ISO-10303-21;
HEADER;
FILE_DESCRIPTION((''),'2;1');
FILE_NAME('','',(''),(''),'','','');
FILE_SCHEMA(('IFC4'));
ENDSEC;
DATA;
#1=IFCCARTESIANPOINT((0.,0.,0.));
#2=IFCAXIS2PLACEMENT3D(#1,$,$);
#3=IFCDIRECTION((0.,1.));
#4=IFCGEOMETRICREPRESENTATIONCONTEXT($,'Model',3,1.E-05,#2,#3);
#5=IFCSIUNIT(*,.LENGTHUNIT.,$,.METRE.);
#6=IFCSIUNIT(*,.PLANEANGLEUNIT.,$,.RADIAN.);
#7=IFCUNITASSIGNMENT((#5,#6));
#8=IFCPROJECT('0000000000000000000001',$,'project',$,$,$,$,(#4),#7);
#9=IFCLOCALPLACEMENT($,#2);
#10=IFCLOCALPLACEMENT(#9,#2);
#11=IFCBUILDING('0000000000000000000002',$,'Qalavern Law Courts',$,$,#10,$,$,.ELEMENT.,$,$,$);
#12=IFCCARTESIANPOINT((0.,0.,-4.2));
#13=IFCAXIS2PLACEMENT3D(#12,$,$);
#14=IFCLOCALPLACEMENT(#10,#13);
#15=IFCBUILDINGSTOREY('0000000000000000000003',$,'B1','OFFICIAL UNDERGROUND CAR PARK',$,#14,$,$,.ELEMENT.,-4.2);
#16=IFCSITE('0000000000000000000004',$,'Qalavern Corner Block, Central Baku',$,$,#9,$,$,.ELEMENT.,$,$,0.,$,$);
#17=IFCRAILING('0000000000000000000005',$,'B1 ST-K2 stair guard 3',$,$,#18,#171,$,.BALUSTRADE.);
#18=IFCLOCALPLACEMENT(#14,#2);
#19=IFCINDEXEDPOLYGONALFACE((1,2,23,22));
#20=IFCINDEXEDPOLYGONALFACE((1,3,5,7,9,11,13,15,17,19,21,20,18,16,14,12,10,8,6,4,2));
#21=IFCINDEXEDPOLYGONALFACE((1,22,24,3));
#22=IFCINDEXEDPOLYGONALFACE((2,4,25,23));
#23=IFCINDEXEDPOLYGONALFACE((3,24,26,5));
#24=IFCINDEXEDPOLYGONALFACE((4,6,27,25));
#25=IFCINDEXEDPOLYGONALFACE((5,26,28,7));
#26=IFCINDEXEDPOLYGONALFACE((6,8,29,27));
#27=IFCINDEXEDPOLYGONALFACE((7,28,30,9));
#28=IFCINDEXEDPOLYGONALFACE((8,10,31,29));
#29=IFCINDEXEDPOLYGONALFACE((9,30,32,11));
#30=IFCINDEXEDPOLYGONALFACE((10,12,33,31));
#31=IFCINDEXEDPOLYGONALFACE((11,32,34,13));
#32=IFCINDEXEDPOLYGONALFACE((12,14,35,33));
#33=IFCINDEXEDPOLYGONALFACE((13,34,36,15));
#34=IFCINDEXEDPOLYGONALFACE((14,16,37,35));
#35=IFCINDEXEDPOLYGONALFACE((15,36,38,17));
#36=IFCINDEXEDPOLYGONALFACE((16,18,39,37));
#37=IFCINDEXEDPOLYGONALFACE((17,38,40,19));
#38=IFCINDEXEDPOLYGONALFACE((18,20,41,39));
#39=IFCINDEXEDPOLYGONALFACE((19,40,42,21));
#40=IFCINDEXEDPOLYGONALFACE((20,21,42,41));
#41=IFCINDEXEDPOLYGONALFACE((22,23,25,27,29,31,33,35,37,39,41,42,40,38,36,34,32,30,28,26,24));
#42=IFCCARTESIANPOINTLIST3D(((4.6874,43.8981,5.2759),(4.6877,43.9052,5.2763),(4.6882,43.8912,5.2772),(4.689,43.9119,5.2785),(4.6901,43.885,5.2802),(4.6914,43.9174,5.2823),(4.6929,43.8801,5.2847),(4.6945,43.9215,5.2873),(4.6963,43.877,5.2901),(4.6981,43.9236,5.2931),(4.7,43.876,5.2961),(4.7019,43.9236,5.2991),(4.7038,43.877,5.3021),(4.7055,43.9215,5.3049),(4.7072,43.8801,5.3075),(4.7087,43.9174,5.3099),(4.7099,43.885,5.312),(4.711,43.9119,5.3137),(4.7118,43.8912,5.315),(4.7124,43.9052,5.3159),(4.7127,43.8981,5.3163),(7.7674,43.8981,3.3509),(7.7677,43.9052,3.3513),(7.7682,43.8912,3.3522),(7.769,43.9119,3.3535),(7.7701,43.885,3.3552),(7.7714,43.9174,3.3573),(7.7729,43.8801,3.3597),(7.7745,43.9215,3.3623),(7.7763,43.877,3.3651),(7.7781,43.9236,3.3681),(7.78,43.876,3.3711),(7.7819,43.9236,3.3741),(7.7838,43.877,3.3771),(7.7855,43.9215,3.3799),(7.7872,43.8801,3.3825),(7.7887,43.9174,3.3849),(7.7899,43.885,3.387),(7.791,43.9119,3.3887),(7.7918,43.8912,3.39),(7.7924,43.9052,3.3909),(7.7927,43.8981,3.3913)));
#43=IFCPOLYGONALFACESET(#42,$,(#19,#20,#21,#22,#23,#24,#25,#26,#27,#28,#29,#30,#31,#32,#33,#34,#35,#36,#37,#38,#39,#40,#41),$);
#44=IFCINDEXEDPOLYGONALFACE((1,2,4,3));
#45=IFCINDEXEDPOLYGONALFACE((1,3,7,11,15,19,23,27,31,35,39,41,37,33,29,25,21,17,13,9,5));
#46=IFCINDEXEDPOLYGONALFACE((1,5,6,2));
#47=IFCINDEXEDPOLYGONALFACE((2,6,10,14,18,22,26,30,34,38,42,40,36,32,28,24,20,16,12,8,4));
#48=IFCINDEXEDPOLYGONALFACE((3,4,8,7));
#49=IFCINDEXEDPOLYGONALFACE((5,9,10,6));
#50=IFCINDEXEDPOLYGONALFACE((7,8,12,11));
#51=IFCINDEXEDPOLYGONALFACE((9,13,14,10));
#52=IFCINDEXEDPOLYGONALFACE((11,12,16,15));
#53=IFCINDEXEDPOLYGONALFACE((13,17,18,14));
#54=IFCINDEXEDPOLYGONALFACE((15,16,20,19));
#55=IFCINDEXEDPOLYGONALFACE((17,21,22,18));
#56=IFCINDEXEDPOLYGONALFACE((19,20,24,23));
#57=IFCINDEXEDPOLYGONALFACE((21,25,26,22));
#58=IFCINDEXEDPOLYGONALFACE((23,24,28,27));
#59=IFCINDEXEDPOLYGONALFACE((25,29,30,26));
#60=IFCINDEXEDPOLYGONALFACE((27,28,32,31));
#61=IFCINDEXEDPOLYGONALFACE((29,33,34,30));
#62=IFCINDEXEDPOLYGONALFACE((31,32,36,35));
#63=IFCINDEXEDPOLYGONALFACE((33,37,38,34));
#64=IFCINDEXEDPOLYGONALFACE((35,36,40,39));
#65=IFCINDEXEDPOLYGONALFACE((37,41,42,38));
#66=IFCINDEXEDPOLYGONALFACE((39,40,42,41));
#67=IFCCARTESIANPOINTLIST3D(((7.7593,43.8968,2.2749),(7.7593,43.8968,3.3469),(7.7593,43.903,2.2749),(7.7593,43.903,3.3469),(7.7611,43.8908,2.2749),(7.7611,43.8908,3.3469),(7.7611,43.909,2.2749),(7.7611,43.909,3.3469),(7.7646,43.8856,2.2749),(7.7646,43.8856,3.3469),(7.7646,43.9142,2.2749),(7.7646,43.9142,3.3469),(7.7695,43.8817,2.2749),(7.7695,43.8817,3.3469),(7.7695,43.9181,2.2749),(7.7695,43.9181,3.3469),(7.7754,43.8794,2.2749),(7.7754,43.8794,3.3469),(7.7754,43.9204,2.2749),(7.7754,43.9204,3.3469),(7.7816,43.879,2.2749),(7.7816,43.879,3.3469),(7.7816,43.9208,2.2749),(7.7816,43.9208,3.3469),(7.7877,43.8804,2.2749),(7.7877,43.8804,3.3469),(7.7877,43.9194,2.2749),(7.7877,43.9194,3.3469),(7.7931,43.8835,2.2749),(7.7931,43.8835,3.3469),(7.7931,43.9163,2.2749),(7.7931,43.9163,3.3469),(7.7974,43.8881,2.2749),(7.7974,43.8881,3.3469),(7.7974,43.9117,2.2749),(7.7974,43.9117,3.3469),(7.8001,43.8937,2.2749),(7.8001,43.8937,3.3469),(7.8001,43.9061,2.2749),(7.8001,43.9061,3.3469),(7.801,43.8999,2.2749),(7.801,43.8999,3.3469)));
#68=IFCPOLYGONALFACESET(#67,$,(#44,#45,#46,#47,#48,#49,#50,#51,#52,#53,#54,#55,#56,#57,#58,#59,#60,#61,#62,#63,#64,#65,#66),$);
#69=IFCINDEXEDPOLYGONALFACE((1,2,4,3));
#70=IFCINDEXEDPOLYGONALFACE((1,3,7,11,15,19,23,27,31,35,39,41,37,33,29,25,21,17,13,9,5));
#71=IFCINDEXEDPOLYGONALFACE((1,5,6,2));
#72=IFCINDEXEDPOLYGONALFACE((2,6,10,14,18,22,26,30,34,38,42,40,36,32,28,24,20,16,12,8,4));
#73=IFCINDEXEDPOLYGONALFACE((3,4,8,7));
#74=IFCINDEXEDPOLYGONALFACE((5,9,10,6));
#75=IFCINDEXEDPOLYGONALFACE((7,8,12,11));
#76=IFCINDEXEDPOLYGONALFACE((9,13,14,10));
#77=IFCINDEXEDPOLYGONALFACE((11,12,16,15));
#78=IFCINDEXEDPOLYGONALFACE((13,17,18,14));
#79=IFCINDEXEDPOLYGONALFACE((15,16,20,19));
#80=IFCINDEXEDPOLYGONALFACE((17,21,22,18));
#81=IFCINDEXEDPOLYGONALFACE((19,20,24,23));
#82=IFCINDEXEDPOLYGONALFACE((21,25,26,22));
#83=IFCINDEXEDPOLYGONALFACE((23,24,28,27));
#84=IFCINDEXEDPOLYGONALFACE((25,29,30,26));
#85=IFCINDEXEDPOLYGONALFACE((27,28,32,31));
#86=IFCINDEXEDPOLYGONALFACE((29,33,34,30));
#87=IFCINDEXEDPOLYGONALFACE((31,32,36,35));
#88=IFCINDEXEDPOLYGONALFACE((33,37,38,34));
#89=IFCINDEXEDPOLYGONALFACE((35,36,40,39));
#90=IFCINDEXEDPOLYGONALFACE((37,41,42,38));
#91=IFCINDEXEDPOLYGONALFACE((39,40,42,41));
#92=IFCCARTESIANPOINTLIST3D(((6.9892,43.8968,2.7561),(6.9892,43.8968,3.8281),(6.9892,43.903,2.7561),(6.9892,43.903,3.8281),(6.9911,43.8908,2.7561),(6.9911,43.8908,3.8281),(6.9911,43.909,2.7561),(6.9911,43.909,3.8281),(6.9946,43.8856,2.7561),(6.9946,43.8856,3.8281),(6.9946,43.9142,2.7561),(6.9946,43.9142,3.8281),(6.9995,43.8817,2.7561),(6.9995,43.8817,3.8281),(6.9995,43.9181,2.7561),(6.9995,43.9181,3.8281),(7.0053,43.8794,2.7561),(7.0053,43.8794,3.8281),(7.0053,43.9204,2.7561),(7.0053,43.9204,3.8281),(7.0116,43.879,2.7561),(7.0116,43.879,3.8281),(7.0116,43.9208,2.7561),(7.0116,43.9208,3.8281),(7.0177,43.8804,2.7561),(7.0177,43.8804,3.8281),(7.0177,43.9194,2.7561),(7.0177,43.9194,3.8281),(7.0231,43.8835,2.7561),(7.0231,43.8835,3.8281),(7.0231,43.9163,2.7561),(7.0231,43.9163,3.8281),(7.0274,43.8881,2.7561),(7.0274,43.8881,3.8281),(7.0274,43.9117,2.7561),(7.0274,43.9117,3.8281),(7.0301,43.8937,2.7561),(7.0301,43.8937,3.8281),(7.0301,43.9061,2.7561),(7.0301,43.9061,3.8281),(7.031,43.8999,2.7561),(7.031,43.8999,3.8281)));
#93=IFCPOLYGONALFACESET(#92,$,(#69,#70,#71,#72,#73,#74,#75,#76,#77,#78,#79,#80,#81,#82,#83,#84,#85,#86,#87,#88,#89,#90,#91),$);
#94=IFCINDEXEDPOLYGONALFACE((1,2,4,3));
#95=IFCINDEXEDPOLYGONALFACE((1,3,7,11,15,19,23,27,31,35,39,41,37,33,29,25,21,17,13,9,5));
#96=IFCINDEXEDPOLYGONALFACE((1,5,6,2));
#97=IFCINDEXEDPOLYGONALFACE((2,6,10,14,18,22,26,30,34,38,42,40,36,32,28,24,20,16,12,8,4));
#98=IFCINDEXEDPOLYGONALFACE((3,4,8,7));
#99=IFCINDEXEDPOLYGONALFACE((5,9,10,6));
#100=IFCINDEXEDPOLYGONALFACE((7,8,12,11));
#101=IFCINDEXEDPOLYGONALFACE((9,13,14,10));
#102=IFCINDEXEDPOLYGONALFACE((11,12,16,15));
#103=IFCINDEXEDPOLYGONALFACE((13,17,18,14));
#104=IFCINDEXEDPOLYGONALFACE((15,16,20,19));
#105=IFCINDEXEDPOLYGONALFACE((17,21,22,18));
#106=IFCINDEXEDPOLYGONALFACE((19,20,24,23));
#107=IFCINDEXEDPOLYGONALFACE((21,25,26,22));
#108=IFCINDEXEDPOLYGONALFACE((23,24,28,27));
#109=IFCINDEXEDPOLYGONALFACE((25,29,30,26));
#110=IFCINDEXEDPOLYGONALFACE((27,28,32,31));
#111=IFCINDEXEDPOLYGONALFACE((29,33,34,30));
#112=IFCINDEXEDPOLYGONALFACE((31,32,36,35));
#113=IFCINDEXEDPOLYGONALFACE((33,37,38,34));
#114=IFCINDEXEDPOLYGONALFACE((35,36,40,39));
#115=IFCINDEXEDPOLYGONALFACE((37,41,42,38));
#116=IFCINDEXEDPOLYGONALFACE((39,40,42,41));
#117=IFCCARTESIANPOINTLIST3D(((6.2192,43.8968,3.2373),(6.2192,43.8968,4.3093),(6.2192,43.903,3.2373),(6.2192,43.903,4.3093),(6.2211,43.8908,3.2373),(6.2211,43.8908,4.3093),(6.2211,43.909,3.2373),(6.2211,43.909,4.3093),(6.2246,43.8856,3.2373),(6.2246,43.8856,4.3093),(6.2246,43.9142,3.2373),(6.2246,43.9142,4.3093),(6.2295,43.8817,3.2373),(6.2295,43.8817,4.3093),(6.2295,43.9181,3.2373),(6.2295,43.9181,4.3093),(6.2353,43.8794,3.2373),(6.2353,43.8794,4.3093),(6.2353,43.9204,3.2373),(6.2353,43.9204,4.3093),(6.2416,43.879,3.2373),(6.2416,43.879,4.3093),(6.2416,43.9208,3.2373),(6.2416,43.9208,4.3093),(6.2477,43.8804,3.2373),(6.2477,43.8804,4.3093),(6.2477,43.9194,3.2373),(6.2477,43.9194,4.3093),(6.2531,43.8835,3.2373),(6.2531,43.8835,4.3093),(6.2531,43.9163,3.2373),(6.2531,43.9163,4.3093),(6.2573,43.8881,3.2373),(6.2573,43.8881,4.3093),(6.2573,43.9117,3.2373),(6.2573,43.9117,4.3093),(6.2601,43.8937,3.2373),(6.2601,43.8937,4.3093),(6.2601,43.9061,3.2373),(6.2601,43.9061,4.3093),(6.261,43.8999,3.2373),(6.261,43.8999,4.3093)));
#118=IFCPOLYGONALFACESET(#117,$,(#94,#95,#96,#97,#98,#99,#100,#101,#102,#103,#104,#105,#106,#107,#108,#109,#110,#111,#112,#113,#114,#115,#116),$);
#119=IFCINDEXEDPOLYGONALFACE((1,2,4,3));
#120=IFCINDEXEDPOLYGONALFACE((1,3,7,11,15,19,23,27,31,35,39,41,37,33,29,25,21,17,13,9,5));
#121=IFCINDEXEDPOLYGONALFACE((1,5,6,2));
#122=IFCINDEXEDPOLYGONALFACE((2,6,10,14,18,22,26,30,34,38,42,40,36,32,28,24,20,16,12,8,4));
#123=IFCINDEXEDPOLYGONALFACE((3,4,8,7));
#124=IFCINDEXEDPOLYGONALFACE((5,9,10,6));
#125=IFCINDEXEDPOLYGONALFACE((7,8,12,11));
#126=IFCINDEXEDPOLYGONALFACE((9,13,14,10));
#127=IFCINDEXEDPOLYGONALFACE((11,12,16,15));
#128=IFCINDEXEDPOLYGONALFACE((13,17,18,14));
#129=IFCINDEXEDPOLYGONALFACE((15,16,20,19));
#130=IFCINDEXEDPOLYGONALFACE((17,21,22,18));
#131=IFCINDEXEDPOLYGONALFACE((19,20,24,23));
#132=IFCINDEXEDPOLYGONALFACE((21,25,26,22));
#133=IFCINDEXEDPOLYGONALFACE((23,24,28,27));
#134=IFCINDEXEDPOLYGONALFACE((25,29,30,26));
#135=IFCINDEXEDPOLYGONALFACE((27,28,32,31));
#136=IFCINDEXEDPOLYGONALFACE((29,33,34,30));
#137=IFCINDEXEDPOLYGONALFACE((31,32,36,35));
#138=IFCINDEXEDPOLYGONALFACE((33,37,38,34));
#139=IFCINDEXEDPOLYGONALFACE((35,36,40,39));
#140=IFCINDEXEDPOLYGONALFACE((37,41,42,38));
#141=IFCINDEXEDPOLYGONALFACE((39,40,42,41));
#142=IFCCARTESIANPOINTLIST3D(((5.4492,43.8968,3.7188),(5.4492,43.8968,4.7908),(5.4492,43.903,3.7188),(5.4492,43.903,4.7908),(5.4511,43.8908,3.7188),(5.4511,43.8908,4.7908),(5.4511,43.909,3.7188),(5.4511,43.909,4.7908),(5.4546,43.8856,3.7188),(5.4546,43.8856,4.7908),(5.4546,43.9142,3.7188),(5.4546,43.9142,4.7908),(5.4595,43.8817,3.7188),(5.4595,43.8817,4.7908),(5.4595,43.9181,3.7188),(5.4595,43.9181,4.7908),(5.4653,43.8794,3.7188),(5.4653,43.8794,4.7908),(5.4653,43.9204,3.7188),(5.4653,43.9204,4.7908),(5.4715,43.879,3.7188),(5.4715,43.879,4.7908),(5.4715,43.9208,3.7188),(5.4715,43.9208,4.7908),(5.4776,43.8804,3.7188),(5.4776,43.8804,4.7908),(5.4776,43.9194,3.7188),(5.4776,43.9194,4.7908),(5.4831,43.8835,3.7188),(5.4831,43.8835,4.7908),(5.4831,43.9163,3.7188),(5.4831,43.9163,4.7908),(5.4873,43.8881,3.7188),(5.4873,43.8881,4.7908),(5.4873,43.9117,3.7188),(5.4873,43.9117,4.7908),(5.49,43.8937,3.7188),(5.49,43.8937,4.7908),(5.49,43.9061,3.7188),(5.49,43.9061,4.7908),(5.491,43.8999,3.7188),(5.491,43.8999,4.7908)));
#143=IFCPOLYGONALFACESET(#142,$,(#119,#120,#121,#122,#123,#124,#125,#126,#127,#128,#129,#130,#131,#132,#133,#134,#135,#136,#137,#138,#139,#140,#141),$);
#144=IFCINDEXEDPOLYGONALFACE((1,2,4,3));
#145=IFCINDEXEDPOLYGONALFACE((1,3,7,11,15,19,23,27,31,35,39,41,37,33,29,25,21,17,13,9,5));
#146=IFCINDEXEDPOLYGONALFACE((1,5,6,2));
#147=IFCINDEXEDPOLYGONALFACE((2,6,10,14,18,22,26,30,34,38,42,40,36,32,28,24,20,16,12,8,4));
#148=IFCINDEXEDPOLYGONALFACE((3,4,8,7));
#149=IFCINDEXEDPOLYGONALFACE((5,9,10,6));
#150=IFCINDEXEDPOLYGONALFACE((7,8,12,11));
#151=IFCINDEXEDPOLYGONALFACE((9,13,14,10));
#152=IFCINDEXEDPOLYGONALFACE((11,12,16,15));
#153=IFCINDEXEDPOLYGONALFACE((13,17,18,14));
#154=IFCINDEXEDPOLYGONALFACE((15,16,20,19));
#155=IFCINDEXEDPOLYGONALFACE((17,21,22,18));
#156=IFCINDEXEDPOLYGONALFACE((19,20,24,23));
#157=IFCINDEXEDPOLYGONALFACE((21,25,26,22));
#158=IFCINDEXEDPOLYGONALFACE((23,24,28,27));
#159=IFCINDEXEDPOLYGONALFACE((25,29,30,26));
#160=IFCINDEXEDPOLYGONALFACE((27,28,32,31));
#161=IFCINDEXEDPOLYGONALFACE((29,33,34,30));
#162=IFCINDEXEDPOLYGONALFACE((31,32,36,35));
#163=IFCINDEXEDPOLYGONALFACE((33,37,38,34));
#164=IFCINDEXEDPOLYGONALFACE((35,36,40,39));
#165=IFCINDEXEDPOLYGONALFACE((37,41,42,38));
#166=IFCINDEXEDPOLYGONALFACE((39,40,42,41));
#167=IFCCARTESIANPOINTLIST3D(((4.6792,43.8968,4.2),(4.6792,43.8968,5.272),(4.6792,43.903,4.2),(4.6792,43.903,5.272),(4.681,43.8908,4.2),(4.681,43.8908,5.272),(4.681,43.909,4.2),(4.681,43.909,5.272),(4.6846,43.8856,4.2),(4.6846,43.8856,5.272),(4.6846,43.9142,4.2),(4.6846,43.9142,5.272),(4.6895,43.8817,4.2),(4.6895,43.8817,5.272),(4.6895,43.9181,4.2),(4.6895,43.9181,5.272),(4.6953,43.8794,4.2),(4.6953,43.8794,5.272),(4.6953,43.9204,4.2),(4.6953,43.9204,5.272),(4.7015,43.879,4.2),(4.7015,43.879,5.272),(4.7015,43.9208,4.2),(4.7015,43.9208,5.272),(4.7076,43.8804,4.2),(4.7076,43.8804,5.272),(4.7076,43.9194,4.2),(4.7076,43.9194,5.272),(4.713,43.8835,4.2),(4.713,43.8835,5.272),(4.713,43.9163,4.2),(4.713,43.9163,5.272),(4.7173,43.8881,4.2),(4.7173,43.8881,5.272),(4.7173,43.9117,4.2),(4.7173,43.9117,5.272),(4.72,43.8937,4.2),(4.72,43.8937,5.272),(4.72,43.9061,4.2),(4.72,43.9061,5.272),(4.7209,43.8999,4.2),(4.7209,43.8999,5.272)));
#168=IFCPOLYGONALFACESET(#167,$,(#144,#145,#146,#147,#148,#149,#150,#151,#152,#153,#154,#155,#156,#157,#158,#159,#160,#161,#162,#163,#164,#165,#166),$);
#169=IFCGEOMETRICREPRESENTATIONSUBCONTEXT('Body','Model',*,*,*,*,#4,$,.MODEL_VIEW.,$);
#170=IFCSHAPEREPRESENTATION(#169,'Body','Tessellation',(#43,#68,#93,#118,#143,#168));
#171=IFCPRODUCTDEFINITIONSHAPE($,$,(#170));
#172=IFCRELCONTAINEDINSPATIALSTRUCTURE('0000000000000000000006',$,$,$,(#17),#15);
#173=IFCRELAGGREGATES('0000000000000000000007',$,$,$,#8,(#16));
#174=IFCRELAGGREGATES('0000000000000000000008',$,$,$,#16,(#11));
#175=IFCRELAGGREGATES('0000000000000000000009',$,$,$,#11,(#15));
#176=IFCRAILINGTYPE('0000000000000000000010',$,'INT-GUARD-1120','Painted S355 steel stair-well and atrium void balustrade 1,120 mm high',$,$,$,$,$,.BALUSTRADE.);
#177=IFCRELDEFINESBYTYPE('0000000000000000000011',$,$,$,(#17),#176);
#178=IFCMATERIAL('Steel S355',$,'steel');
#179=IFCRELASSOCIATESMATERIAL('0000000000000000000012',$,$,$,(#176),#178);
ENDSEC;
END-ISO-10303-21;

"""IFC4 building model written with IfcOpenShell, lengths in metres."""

from ifc_helpers import new_model, si_unit, direction, frame, origin, origin_2d, place, context, subcontext, project, spatial, circle, extrude, material, type_object, element, save


model = new_model("IFC4")

# Units and contexts
model_context = context("Model", 3, precision=1e-05, world=origin(), true_north=direction((0.0, 1.0)))
body_context = subcontext(model_context, "Body", "Model", "MODEL_VIEW")
ifc_project = project(units=[si_unit("LENGTHUNIT", "METRE"), si_unit("PLANEANGLEUNIT", "RADIAN")], contexts=[model_context])

# Site, building, storey
site_placement = place(None, origin())
site = spatial("IfcSite", under=ifc_project, at=site_placement, Name="Qalavern Corner Block, Central Baku", CompositionType="ELEMENT", RefElevation=0.0)
building_placement = place(site_placement, origin())
building = spatial("IfcBuilding", under=site, at=building_placement, Name="Qalavern Law Courts", CompositionType="ELEMENT")
storey_placement = place(building_placement, frame((0.0, 0.0, -4.2)))
storey = spatial("IfcBuildingStorey", under=building, at=storey_placement, Name="B1", Description="OFFICIAL UNDERGROUND CAR PARK", CompositionType="ELEMENT", Elevation=-4.2)

# Shared definitions
ifc_material_1 = material(Name="Steel S355", Category="steel")

# Railing
railing_type_1 = type_object("IfcRailingType", Name="INT-GUARD-1120", Description="Painted S355 steel stair-well and atrium void balustrade 1,120 mm high", PredefinedType="BALUSTRADE", material=ifc_material_1)
railing_1_placement = place(storey_placement, frame((7.78, 43.8999, 2.2749)))
element("IfcRailing", 1, at=railing_1_placement, inside=storey, type_object=railing_type_1, Name="B1 ST-K2 stair guard 3", PredefinedType="BALUSTRADE", context=body_context, shape_type="SweptSolid", body=[
    extrude(circle(Radius=0.0239, at=origin_2d()), frame((0.0, 0.0, 1.0962), z_axis=(-0.847998, 0.0, 0.529999), x_axis=(0.0, -1.0, 0.0)), (0.0, 0.0, 1.0), 3.6321),
    extrude(circle(Radius=0.021, at=origin_2d()), origin(), (0.0, 0.0, 1.0), 1.072),
    extrude(circle(Radius=0.021, at=origin_2d()), frame((-0.77, 0.0, 0.4812)), (0.0, 0.0, 1.0), 1.072),
    extrude(circle(Radius=0.021, at=origin_2d()), frame((-1.54, 0.0, 0.9624)), (0.0, 0.0, 1.0), 1.072),
    extrude(circle(Radius=0.021, at=origin_2d()), frame((-2.3101, 0.0, 1.4438)), (0.0, 0.0, 1.0), 1.072),
    extrude(circle(Radius=0.021, at=origin_2d()), frame((-3.0801, 0.0, 1.925)), (0.0, 0.0, 1.0), 1.072),
])

save(model, "model.ifc")
